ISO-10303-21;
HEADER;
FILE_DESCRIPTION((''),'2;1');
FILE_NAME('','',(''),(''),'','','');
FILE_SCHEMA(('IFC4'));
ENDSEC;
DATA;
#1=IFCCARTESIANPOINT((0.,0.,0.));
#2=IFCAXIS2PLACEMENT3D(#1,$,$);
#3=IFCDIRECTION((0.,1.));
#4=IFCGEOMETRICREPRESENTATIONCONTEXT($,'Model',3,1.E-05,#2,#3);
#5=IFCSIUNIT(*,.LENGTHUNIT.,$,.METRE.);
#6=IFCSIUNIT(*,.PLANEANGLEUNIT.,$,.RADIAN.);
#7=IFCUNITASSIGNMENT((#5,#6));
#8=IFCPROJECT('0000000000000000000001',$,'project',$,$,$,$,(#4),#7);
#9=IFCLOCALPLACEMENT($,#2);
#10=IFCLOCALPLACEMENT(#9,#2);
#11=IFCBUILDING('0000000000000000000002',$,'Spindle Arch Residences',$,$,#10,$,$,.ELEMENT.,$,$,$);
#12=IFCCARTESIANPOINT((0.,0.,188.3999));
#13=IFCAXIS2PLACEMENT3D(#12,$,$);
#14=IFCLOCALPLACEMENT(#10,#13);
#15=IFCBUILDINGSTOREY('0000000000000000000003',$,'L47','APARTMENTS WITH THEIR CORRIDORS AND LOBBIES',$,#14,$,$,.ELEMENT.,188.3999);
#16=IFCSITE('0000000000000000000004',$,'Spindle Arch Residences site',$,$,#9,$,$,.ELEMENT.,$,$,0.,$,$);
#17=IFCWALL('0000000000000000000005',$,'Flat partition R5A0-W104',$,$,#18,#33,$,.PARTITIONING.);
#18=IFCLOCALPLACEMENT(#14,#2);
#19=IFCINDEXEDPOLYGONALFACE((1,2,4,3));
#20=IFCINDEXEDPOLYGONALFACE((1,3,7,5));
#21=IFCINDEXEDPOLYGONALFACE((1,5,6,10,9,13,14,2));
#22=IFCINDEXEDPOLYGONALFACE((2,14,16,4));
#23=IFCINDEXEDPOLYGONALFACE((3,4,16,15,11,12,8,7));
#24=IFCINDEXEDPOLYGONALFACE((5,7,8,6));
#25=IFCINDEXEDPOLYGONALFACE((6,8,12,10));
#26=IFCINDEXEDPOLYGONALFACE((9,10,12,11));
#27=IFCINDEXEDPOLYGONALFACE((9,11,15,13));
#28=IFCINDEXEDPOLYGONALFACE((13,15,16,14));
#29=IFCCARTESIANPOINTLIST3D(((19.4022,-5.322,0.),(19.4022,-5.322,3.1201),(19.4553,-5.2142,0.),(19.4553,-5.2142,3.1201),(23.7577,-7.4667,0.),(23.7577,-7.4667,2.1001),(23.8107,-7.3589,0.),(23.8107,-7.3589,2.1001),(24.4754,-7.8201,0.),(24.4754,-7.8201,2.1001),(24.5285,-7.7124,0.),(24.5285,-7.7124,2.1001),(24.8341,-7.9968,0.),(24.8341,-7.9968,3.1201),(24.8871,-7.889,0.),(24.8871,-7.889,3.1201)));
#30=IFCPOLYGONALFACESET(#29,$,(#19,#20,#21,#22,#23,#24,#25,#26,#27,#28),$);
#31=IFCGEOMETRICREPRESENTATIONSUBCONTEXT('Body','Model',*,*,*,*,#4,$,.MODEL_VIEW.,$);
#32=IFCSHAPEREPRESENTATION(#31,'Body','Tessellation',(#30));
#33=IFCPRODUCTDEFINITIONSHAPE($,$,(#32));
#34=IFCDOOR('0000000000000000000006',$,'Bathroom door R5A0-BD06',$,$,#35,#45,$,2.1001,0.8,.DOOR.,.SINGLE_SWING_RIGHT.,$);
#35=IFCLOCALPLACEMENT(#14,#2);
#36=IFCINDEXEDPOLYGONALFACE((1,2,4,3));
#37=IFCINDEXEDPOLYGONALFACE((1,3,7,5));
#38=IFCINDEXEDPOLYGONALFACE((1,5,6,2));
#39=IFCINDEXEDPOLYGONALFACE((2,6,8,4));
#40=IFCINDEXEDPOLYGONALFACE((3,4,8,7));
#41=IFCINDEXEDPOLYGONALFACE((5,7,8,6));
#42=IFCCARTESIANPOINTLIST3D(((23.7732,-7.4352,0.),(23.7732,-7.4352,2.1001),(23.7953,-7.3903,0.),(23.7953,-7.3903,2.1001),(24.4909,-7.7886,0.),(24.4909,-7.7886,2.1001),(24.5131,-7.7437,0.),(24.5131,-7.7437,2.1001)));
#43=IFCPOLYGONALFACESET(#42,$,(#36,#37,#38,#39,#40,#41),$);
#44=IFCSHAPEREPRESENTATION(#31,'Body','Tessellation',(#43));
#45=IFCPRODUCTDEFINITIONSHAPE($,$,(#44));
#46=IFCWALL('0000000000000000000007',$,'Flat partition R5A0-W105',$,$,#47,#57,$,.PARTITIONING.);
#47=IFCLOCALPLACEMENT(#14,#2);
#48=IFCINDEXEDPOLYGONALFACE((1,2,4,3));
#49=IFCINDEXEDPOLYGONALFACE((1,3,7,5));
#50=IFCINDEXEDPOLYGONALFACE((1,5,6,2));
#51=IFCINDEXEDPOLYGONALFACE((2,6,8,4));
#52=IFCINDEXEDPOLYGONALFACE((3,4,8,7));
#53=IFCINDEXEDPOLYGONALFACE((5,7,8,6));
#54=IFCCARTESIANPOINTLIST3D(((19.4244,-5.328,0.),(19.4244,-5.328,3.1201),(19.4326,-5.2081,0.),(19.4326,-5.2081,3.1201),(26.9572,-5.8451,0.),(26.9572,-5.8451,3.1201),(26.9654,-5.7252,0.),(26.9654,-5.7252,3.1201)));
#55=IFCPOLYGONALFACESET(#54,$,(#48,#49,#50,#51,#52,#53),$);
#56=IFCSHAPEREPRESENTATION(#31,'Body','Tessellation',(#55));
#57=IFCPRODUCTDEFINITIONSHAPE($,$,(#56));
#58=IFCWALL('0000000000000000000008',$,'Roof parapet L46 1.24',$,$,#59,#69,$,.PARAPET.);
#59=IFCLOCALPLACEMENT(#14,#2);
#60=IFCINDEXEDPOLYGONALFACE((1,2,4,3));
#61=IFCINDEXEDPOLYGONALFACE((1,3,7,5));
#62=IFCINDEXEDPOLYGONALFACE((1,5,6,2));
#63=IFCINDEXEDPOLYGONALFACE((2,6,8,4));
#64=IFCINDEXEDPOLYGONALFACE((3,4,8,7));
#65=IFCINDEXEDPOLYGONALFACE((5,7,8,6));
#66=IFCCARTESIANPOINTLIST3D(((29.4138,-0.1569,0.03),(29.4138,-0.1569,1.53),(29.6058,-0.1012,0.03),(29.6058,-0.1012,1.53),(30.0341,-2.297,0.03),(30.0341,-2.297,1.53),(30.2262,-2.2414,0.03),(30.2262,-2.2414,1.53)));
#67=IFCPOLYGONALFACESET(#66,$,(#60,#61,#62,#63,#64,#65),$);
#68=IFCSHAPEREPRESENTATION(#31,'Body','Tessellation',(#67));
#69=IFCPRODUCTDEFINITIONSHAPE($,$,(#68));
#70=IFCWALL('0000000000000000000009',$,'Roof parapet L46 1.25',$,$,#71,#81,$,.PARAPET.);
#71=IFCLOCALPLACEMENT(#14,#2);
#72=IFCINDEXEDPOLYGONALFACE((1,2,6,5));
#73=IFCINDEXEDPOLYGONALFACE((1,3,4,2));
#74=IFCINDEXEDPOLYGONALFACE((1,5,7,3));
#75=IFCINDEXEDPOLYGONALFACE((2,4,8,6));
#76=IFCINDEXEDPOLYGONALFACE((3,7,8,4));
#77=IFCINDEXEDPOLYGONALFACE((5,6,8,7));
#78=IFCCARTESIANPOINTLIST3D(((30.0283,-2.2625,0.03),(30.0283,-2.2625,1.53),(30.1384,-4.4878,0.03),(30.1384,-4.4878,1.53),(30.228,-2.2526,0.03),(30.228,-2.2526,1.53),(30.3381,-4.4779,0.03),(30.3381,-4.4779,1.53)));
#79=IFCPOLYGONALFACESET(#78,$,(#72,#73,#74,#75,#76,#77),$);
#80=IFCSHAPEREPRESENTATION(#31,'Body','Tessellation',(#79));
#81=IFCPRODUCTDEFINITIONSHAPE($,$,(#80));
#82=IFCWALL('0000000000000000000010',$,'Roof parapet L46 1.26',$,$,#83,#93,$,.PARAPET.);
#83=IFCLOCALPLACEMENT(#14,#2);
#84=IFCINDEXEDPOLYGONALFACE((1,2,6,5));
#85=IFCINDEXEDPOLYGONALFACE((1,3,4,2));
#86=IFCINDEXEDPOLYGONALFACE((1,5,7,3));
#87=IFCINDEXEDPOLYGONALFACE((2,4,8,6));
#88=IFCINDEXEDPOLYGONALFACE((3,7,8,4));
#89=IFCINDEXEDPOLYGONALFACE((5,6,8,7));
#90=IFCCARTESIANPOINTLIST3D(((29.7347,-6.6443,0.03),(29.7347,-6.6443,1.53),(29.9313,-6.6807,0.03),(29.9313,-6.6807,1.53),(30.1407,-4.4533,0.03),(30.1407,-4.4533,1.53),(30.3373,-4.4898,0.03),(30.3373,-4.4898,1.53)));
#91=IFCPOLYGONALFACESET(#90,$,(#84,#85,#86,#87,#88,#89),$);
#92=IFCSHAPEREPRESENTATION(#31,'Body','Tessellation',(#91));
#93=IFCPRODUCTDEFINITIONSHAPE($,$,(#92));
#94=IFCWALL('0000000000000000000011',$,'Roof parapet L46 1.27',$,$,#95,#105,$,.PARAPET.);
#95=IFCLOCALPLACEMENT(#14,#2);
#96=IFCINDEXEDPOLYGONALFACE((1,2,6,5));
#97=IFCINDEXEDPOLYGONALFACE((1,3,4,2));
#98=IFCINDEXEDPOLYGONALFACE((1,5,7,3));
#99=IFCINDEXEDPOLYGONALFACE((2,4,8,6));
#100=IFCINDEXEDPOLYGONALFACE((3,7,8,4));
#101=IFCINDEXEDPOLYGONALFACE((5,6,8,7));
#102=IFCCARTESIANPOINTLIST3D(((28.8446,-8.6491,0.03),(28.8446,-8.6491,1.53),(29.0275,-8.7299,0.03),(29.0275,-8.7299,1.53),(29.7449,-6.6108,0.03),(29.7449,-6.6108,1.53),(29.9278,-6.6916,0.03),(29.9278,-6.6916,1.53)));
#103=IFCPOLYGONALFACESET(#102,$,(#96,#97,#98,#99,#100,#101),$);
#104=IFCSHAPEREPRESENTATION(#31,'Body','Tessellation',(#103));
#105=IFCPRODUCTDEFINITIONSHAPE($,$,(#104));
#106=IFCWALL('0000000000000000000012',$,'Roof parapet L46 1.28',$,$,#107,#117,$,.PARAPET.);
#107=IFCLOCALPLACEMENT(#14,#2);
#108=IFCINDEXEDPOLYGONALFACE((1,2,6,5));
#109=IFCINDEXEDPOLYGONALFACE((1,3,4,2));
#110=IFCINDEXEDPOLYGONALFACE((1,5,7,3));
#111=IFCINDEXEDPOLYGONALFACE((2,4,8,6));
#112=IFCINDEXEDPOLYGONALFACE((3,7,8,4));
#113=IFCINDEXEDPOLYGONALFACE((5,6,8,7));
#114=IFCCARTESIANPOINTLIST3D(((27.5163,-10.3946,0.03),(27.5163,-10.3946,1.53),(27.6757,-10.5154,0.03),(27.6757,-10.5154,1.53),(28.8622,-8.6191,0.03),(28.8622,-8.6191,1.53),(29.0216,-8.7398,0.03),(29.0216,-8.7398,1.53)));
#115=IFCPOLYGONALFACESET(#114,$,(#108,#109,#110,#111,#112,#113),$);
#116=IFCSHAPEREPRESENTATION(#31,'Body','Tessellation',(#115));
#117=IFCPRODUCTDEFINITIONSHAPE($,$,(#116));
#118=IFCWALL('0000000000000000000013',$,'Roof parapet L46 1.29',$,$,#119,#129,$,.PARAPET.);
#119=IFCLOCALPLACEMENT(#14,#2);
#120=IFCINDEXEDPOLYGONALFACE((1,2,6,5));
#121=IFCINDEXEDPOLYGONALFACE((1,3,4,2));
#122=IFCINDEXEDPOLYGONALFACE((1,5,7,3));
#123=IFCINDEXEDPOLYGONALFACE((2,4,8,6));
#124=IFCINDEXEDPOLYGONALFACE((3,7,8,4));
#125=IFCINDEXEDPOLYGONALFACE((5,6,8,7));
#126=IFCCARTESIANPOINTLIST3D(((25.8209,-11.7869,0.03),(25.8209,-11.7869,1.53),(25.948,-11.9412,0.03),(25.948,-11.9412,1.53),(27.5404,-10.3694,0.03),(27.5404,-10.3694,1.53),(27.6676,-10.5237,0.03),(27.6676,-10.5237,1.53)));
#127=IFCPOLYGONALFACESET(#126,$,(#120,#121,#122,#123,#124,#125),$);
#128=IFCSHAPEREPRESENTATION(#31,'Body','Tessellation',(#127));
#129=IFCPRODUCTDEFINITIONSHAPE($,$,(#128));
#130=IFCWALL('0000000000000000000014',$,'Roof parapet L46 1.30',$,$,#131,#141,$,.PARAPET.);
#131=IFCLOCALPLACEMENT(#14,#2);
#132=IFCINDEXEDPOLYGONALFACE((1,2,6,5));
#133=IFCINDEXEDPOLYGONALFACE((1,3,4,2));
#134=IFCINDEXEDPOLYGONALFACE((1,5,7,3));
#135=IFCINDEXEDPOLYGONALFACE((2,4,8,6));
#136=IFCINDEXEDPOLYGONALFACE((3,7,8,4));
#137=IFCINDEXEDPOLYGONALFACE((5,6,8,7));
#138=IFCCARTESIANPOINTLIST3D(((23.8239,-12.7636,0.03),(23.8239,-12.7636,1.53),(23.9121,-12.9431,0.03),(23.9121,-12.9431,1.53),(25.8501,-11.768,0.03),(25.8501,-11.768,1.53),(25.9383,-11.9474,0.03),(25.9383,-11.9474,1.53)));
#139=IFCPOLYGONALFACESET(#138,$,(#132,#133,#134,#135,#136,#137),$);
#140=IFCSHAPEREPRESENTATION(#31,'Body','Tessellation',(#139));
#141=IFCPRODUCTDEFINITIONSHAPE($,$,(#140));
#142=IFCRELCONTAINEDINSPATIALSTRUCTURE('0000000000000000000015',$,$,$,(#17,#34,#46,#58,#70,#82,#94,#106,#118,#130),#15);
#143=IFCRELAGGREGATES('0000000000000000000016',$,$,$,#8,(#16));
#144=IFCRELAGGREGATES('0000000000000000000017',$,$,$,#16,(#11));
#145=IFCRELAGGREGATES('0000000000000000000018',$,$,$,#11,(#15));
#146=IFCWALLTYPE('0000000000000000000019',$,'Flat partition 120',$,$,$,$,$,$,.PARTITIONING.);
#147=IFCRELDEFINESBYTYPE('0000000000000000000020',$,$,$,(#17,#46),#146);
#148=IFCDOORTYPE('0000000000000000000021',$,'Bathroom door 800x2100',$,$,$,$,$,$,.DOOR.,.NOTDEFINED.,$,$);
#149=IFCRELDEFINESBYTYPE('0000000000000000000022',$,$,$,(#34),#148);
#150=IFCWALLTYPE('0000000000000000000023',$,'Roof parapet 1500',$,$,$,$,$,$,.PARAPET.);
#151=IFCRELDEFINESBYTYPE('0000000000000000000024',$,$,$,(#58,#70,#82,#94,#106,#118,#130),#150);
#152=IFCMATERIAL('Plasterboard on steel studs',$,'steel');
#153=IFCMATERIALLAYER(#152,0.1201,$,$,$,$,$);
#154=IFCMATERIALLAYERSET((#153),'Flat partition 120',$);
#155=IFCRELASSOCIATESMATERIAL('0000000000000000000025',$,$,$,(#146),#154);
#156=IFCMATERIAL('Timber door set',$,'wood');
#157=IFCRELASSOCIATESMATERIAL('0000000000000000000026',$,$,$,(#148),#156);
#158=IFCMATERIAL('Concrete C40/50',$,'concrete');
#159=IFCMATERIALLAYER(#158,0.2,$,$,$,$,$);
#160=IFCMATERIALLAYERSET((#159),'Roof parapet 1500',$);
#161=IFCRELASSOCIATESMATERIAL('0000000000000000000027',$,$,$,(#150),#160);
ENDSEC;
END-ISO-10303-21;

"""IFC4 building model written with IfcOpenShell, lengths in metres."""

from ifc_helpers import new_model, si_unit, direction, frame, frame_2d, origin, place, context, subcontext, project, spatial, rectangle, extrude, material, layer, layer_set, type_object, element, fill, save


model = new_model("IFC4")

# Units and contexts
model_context = context("Model", 3, precision=1e-05, world=origin(), true_north=direction((0.0, 1.0)))
body_context = subcontext(model_context, "Body", "Model", "MODEL_VIEW")
ifc_project = project(units=[si_unit("LENGTHUNIT", "METRE"), si_unit("PLANEANGLEUNIT", "RADIAN")], contexts=[model_context])

# Site, building, storey
site_placement = place(None, origin())
site = spatial("IfcSite", under=ifc_project, at=site_placement, Name="Spindle Arch Residences site", CompositionType="ELEMENT", RefElevation=0.0)
building_placement = place(site_placement, origin())
building = spatial("IfcBuilding", under=site, at=building_placement, Name="Spindle Arch Residences", CompositionType="ELEMENT")
storey_placement = place(building_placement, frame((0.0, 0.0, 188.3999)))
storey = spatial("IfcBuildingStorey", under=building, at=storey_placement, Name="L47", Description="APARTMENTS WITH THEIR CORRIDORS AND LOBBIES", CompositionType="ELEMENT", Elevation=188.3999)

# Shared definitions
ifc_material_1 = material(Name="Plasterboard on steel studs", Category="steel")
ifc_layer_1 = layer(ifc_material_1, 0.1201)
ifc_layer_set_1 = layer_set([ifc_layer_1], Name="Flat partition 120")
wall_type_1 = type_object("IfcWallType", Name="Flat partition 120", PredefinedType="PARTITIONING", material=ifc_layer_set_1)

# Wall, opening, door
wall_1_placement = place(storey_placement, frame((24.8606, -7.9429, 0.0), z_axis=(0.0, 0.0, 1.0), x_axis=(-0.897128, 0.44177, 0.0)))
wall_1 = element("IfcWall", 1, at=wall_1_placement, inside=storey, type_object=wall_type_1, Name="Flat partition R5A0-W104", PredefinedType="PARTITIONING", context=body_context, shape_type="SweptSolid", body=[
    extrude(rectangle(XDim=6.0547, YDim=0.1201, at=frame_2d((3.0273, 0.0))), origin(), (0.0, 0.0, 1.0), 3.1201),
])
opening_placement = place(wall_1_placement, frame((0.3999, 0.0, 0.0)))
opening = element("IfcOpeningElement", 2, at=opening_placement, cuts=wall_1, PredefinedType="OPENING", context=body_context, shape_type="SweptSolid", body=[
    extrude(rectangle(XDim=0.8, YDim=2.1001, at=frame_2d((0.3999, 1.05))), frame((0.0, 0.0701, 0.0), z_axis=(0.0, -1.0, 0.0), x_axis=(1.0, 0.0, 0.0)), (0.0, 0.0, 1.0), 0.1401),
])
ifc_material_2 = material(Name="Timber door set", Category="wood")
door_type = type_object("IfcDoorType", Name="Bathroom door 800x2100", OperationType="NOTDEFINED", PredefinedType="DOOR", material=ifc_material_2)
door_placement = place(opening_placement, origin())
door = element("IfcDoor", 3, at=door_placement, inside=storey, type_object=door_type, Name="Bathroom door R5A0-BD06", OperationType="SINGLE_SWING_RIGHT", OverallHeight=2.1001, OverallWidth=0.8, PredefinedType="DOOR", context=body_context, shape_type="SweptSolid", body=[
    extrude(rectangle(XDim=0.8, YDim=2.1001, at=frame_2d((0.3999, 1.05))), frame((0.0, 0.0249, 0.0), z_axis=(0.0, -1.0, 0.0), x_axis=(1.0, 0.0, 0.0)), (0.0, 0.0, 1.0), 0.05),
])
fill(opening, door)

# Walls
wall_2_placement = place(storey_placement, frame((26.9614, -5.7852, 0.0), z_axis=(0.0, 0.0, 1.0), x_axis=(-0.997652, 0.068485, 0.0)))
element("IfcWall", 4, at=wall_2_placement, inside=storey, type_object=wall_type_1, Name="Flat partition R5A0-W105", PredefinedType="PARTITIONING", context=body_context, shape_type="SweptSolid", body=[
    extrude(rectangle(XDim=7.5505, YDim=0.1201, at=frame_2d((3.7754, 0.0))), origin(), (0.0, 0.0, 1.0), 3.1201),
])
ifc_material_3 = material(Name="Concrete C40/50", Category="concrete")
ifc_layer_2 = layer(ifc_material_3, 0.2)
ifc_layer_set_2 = layer_set([ifc_layer_2], Name="Roof parapet 1500")
wall_type_2 = type_object("IfcWallType", Name="Roof parapet 1500", PredefinedType="PARAPET", material=ifc_layer_set_2)
wall_3_placement = place(storey_placement, frame((29.5098, -0.1289, 0.03), z_axis=(0.0, 0.0, 1.0), x_axis=(0.278409, -0.960463, 0.0)))
element("IfcWall", 5, at=wall_3_placement, inside=storey, type_object=wall_type_2, Name="Roof parapet L46 1.24", PredefinedType="PARAPET", context=body_context, shape_type="SweptSolid", body=[
    extrude(rectangle(XDim=2.2283, YDim=0.2, at=frame_2d((1.1143, 0.0))), origin(), (0.0, 0.0, 1.0), 1.5),
])
wall_4_placement = place(storey_placement, frame((30.1282, -2.2576, 0.03), z_axis=(0.0, 0.0, 1.0), x_axis=(0.049418, -0.998778, 0.0)))
element("IfcWall", 6, at=wall_4_placement, inside=storey, type_object=wall_type_2, Name="Roof parapet L46 1.25", PredefinedType="PARAPET", context=body_context, shape_type="SweptSolid", body=[
    extrude(rectangle(XDim=2.228, YDim=0.2, at=frame_2d((1.114, 0.0))), origin(), (0.0, 0.0, 1.0), 1.5),
])
for number, where, z_axis, x_axis, name in (
    (7, (30.239, -4.4714, 0.03), (0.0, 0.0, 1.0), (-0.182211, -0.983259, 0.0), "Roof parapet L46 1.26"),
    (8, (29.8364, -6.6511, 0.03), (0.0, 0.0, 1.0), (-0.404064, -0.914731, 0.0), "Roof parapet L46 1.27"),
):
    element("IfcWall", number, at=place(storey_placement, frame(where, z_axis=z_axis, x_axis=x_axis)), inside=storey, type_object=wall_type_2, Name=name, PredefinedType="PARAPET", context=body_context, shape_type="SweptSolid", body=[
        extrude(rectangle(XDim=2.2283, YDim=0.2, at=frame_2d((1.1143, 0.0))), origin(), (0.0, 0.0, 1.0), 1.5),
    ])
wall_5_placement = place(storey_placement, frame((28.9419, -8.6794, 0.03), z_axis=(0.0, 0.0, 1.0), x_axis=(-0.604077, -0.796926, 0.0)))
element("IfcWall", 9, at=wall_5_placement, inside=storey, type_object=wall_type_2, Name="Roof parapet L46 1.28", PredefinedType="PARAPET", context=body_context, shape_type="SweptSolid", body=[
    extrude(rectangle(XDim=2.228, YDim=0.2, at=frame_2d((1.114, 0.0))), origin(), (0.0, 0.0, 1.0), 1.5),
])
wall_6_placement = place(storey_placement, frame((27.604, -10.4465, 0.03), z_axis=(0.0, 0.0, 1.0), x_axis=(-0.771614, -0.636091, 0.0)))
element("IfcWall", 10, at=wall_6_placement, inside=storey, type_object=wall_type_2, Name="Roof parapet L46 1.29", PredefinedType="PARAPET", context=body_context, shape_type="SweptSolid", body=[
    extrude(rectangle(XDim=2.2285, YDim=0.2, at=frame_2d((1.1143, 0.0))), origin(), (0.0, 0.0, 1.0), 1.5),
])
wall_7_placement = place(storey_placement, frame((25.8943, -11.8577, 0.03), z_axis=(0.0, 0.0, 1.0), x_axis=(-0.897499, -0.441017, 0.0)))
element("IfcWall", 11, at=wall_7_placement, inside=storey, type_object=wall_type_2, Name="Roof parapet L46 1.30", PredefinedType="PARAPET", context=body_context, shape_type="SweptSolid", body=[
    extrude(rectangle(XDim=2.2576, YDim=0.2, at=frame_2d((1.1289, 0.0))), origin(), (0.0, 0.0, 1.0), 1.5),
])

save(model, "model.ifc")
